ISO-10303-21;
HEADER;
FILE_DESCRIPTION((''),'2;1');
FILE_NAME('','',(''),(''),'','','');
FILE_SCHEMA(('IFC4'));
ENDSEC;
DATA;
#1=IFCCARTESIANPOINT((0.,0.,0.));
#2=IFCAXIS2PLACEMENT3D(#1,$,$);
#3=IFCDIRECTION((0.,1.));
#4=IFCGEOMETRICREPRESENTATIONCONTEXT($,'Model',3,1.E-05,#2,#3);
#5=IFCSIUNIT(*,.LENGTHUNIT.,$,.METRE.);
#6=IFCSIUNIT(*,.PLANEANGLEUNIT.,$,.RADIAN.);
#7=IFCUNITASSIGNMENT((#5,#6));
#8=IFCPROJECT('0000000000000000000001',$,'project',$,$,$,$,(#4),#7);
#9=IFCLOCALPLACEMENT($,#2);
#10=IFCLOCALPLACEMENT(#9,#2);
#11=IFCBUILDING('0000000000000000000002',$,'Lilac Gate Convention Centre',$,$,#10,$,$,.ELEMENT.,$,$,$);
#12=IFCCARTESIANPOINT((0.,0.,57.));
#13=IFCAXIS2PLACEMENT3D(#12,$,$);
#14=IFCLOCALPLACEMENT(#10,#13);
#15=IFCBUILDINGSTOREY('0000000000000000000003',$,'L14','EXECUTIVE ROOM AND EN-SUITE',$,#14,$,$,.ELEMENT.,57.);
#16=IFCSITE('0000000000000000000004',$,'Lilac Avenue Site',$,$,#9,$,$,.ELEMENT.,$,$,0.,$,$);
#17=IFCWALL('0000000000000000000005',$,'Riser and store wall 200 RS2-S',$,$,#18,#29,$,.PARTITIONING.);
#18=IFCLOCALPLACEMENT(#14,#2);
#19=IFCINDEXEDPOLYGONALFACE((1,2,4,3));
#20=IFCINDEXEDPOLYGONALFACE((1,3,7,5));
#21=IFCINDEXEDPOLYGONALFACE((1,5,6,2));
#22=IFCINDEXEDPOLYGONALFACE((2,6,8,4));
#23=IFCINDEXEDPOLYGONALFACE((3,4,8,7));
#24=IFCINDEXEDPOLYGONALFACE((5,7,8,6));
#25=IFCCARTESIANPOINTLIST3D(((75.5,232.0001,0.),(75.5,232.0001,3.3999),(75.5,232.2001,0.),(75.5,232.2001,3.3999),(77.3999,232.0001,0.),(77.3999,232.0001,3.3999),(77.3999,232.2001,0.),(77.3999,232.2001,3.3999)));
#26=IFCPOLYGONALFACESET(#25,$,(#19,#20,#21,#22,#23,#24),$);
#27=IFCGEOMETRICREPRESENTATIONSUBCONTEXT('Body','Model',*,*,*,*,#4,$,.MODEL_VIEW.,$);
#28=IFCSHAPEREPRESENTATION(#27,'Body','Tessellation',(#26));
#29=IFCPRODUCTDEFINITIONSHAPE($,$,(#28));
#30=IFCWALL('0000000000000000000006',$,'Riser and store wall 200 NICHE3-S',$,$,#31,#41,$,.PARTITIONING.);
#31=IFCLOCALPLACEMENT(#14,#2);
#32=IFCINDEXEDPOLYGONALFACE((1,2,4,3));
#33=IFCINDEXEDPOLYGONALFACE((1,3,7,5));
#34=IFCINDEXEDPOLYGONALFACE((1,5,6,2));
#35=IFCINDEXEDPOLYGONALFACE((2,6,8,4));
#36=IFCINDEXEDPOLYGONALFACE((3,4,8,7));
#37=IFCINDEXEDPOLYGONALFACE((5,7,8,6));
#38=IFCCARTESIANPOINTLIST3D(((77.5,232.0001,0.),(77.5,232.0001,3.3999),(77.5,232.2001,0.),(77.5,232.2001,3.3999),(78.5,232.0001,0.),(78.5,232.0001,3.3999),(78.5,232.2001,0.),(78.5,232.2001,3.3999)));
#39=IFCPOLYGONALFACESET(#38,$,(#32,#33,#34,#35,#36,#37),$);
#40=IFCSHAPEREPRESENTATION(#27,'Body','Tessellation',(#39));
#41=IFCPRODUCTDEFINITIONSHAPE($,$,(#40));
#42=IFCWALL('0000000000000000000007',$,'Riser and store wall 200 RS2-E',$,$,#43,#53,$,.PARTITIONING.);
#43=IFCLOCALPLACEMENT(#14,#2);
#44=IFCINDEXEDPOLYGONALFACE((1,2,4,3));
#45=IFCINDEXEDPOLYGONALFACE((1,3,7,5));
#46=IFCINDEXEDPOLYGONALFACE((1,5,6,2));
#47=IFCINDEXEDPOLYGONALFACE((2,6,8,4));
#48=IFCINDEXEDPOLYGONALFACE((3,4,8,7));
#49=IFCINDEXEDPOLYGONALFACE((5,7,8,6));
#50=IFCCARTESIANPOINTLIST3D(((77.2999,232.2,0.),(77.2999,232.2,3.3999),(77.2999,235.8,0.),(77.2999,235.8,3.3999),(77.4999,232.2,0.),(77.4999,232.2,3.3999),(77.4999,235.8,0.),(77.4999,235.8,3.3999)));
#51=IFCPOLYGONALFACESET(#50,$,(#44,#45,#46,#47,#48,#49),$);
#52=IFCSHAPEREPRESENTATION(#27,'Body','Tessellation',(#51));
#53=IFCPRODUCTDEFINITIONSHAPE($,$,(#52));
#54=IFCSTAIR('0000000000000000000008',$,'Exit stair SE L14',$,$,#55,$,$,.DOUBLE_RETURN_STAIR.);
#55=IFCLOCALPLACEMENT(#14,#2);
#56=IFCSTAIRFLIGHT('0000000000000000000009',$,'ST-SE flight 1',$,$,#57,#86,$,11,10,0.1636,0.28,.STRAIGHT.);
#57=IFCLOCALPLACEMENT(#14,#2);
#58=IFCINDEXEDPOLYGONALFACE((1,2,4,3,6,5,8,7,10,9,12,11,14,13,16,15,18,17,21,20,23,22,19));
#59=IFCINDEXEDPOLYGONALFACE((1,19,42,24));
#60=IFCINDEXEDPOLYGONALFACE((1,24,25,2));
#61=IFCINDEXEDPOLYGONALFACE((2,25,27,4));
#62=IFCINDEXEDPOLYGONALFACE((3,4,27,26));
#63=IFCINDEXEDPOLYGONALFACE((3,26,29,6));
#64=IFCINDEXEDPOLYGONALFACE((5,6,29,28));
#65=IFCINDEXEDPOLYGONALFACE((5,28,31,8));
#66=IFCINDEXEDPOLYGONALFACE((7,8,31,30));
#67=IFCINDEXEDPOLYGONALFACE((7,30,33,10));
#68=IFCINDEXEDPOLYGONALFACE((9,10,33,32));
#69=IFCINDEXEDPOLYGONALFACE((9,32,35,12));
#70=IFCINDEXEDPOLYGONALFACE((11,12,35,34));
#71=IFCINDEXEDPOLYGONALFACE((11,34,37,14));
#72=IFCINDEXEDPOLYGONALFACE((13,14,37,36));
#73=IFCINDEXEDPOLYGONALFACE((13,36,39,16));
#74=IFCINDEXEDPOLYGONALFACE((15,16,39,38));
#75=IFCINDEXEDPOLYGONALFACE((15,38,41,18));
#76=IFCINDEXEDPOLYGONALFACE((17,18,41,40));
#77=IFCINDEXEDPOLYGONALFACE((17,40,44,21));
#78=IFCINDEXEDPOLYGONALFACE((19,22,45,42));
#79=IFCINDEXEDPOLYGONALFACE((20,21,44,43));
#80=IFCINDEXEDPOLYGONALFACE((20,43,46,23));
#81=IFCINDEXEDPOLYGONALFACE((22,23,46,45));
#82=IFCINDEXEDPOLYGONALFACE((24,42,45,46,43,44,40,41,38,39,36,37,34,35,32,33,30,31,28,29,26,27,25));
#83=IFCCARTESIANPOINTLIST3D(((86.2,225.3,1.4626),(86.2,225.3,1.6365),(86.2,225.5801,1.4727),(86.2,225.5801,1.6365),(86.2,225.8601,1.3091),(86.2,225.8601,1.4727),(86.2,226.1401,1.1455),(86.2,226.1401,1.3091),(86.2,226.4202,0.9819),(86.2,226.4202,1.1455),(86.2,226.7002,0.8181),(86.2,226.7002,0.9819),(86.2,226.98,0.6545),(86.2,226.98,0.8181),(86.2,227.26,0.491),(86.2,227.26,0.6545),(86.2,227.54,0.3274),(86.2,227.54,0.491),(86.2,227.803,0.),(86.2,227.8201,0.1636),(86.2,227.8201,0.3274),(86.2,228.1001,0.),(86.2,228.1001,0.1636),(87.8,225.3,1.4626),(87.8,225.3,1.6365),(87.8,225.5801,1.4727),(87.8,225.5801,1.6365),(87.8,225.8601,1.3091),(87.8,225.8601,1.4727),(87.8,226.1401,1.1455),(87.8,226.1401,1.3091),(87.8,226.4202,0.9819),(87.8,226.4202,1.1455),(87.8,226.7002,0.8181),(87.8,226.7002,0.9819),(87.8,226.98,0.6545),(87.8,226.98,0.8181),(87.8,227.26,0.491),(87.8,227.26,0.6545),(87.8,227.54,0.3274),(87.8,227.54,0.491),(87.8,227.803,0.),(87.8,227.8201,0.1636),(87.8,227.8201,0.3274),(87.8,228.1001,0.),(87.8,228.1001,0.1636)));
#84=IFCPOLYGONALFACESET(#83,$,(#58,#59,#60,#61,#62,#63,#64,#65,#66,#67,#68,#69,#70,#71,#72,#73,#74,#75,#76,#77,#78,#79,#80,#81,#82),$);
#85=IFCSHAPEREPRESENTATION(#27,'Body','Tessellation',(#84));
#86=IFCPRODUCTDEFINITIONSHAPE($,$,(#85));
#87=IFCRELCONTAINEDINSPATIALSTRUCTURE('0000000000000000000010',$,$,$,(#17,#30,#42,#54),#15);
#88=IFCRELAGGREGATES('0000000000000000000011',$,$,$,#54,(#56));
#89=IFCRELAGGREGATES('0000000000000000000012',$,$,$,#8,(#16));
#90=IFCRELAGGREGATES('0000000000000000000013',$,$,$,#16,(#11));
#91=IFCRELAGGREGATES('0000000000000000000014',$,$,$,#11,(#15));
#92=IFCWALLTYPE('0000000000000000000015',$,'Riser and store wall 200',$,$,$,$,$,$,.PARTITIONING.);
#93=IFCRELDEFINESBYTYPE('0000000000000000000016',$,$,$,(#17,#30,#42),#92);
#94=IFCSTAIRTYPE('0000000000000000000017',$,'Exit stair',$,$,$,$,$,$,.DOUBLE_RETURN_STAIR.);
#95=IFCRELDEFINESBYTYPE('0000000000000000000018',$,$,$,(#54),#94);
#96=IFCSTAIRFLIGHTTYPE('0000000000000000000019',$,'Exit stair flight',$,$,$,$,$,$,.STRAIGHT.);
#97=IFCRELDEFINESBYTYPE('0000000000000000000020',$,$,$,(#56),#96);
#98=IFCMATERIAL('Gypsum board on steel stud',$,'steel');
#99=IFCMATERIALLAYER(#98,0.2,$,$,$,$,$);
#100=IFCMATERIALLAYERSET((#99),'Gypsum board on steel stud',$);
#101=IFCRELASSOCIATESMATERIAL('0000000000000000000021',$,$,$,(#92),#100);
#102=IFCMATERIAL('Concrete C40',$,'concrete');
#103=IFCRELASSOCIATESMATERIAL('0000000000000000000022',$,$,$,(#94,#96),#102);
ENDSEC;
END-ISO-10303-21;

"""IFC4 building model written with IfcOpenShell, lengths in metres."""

from ifc_helpers import new_model, si_unit, direction, frame, frame_2d, origin, place, context, subcontext, project, spatial, polyline, rectangle, outline, extrude, material, layer, layer_set, type_object, element, aggregate, save


model = new_model("IFC4")

# Units and contexts
model_context = context("Model", 3, precision=1e-05, world=origin(), true_north=direction((0.0, 1.0)))
body_context = subcontext(model_context, "Body", "Model", "MODEL_VIEW")
ifc_project = project(units=[si_unit("LENGTHUNIT", "METRE"), si_unit("PLANEANGLEUNIT", "RADIAN")], contexts=[model_context])

# Site, building, storey
site_placement = place(None, origin())
site = spatial("IfcSite", under=ifc_project, at=site_placement, Name="Lilac Avenue Site", CompositionType="ELEMENT", RefElevation=0.0)
building_placement = place(site_placement, origin())
building = spatial("IfcBuilding", under=site, at=building_placement, Name="Lilac Gate Convention Centre", CompositionType="ELEMENT")
storey_placement = place(building_placement, frame((0.0, 0.0, 57.0)))
storey = spatial("IfcBuildingStorey", under=building, at=storey_placement, Name="L14", Description="EXECUTIVE ROOM AND EN-SUITE", CompositionType="ELEMENT", Elevation=57.0)

# Shared definitions
ifc_material_1 = material(Name="Concrete C40", Category="concrete")

# Shared definitions
ifc_material_2 = material(Name="Gypsum board on steel stud", Category="steel")

# Walls
ifc_layer_1 = layer(ifc_material_2, 0.2)
ifc_layer_set_1 = layer_set([ifc_layer_1], Name="Gypsum board on steel stud")
wall_type_1 = type_object("IfcWallType", Name="Riser and store wall 200", PredefinedType="PARTITIONING", material=ifc_layer_set_1)
wall_1_placement = place(storey_placement, frame((75.5, 232.1001, 0.0), z_axis=(0.0, 0.0, 1.0), x_axis=(1.0, 0.0, 0.0)))
element("IfcWall", 1, at=wall_1_placement, inside=storey, type_object=wall_type_1, Name="Riser and store wall 200 RS2-S", PredefinedType="PARTITIONING", context=body_context, shape_type="SweptSolid", body=[
    extrude(rectangle(XDim=1.8999, YDim=0.2, at=frame_2d((0.95, 0.0))), origin(), (0.0, 0.0, 1.0), 3.3999),
])
wall_2_placement = place(storey_placement, frame((77.5, 232.1001, 0.0), z_axis=(0.0, 0.0, 1.0), x_axis=(1.0, 0.0, 0.0)))
element("IfcWall", 2, at=wall_2_placement, inside=storey, type_object=wall_type_1, Name="Riser and store wall 200 NICHE3-S", PredefinedType="PARTITIONING", context=body_context, shape_type="SweptSolid", body=[
    extrude(rectangle(XDim=1.0, YDim=0.2, at=frame_2d((0.5, 0.0))), origin(), (0.0, 0.0, 1.0), 3.3999),
])
wall_3_placement = place(storey_placement, frame((77.3999, 232.2, 0.0), z_axis=(0.0, 0.0, 1.0), x_axis=(0.0, 1.0, 0.0)))
element("IfcWall", 3, at=wall_3_placement, inside=storey, type_object=wall_type_1, Name="Riser and store wall 200 RS2-E", PredefinedType="PARTITIONING", context=body_context, shape_type="SweptSolid", body=[
    extrude(rectangle(XDim=3.6001, YDim=0.2, at=frame_2d((1.8, 0.0))), origin(), (0.0, 0.0, 1.0), 3.3999),
])

# Stair, stair flight
stair_type = type_object("IfcStairType", Name="Exit stair", PredefinedType="DOUBLE_RETURN_STAIR", material=ifc_material_1)
stair_placement = place(storey_placement, origin())
stair = element("IfcStair", 4, at=stair_placement, inside=storey, type_object=stair_type, Name="Exit stair SE L14", PredefinedType="DOUBLE_RETURN_STAIR")
stair_flight_type = type_object("IfcStairFlightType", Name="Exit stair flight", PredefinedType="STRAIGHT", material=ifc_material_1)
stair_flight_placement = place(storey_placement, frame((87.0, 228.1001, 0.0), z_axis=(0.0, 0.0, 1.0), x_axis=(0.0, -1.0, 0.0)))
stair_flight = element("IfcStairFlight", 5, at=stair_flight_placement, type_object=stair_flight_type, Name="ST-SE flight 1", NumberOfRisers=11, NumberOfTreads=10, PredefinedType="STRAIGHT", RiserHeight=0.1636, TreadLength=0.28, context=body_context, shape_type="SweptSolid", body=[
    extrude(outline(polyline([(0.0, 0.0), (0.0, 0.1636), (0.28, 0.1636), (0.28, 0.3274), (0.5601, 0.3274), (0.5601, 0.491), (0.8401, 0.491), (0.8401, 0.6545), (1.1201, 0.6545), (1.1201, 0.8181), (1.3999, 0.8181), (1.3999, 0.9819), (1.6799, 0.9819), (1.6799, 1.1455), (1.96, 1.1455), (1.96, 1.3091), (2.24, 1.3091), (2.24, 1.4727), (2.52, 1.4727), (2.52, 1.6365), (2.8, 1.6365), (2.8, 1.8), (2.8, 1.4626), (0.2971, 0.0), (0.0, 0.0)])), frame((0.0, 0.8, 0.0), z_axis=(0.0, -1.0, 0.0), x_axis=(1.0, 0.0, 0.0)), (0.0, 0.0, 1.0), 1.6001),
])
aggregate(stair, [stair_flight])

save(model, "model.ifc")
